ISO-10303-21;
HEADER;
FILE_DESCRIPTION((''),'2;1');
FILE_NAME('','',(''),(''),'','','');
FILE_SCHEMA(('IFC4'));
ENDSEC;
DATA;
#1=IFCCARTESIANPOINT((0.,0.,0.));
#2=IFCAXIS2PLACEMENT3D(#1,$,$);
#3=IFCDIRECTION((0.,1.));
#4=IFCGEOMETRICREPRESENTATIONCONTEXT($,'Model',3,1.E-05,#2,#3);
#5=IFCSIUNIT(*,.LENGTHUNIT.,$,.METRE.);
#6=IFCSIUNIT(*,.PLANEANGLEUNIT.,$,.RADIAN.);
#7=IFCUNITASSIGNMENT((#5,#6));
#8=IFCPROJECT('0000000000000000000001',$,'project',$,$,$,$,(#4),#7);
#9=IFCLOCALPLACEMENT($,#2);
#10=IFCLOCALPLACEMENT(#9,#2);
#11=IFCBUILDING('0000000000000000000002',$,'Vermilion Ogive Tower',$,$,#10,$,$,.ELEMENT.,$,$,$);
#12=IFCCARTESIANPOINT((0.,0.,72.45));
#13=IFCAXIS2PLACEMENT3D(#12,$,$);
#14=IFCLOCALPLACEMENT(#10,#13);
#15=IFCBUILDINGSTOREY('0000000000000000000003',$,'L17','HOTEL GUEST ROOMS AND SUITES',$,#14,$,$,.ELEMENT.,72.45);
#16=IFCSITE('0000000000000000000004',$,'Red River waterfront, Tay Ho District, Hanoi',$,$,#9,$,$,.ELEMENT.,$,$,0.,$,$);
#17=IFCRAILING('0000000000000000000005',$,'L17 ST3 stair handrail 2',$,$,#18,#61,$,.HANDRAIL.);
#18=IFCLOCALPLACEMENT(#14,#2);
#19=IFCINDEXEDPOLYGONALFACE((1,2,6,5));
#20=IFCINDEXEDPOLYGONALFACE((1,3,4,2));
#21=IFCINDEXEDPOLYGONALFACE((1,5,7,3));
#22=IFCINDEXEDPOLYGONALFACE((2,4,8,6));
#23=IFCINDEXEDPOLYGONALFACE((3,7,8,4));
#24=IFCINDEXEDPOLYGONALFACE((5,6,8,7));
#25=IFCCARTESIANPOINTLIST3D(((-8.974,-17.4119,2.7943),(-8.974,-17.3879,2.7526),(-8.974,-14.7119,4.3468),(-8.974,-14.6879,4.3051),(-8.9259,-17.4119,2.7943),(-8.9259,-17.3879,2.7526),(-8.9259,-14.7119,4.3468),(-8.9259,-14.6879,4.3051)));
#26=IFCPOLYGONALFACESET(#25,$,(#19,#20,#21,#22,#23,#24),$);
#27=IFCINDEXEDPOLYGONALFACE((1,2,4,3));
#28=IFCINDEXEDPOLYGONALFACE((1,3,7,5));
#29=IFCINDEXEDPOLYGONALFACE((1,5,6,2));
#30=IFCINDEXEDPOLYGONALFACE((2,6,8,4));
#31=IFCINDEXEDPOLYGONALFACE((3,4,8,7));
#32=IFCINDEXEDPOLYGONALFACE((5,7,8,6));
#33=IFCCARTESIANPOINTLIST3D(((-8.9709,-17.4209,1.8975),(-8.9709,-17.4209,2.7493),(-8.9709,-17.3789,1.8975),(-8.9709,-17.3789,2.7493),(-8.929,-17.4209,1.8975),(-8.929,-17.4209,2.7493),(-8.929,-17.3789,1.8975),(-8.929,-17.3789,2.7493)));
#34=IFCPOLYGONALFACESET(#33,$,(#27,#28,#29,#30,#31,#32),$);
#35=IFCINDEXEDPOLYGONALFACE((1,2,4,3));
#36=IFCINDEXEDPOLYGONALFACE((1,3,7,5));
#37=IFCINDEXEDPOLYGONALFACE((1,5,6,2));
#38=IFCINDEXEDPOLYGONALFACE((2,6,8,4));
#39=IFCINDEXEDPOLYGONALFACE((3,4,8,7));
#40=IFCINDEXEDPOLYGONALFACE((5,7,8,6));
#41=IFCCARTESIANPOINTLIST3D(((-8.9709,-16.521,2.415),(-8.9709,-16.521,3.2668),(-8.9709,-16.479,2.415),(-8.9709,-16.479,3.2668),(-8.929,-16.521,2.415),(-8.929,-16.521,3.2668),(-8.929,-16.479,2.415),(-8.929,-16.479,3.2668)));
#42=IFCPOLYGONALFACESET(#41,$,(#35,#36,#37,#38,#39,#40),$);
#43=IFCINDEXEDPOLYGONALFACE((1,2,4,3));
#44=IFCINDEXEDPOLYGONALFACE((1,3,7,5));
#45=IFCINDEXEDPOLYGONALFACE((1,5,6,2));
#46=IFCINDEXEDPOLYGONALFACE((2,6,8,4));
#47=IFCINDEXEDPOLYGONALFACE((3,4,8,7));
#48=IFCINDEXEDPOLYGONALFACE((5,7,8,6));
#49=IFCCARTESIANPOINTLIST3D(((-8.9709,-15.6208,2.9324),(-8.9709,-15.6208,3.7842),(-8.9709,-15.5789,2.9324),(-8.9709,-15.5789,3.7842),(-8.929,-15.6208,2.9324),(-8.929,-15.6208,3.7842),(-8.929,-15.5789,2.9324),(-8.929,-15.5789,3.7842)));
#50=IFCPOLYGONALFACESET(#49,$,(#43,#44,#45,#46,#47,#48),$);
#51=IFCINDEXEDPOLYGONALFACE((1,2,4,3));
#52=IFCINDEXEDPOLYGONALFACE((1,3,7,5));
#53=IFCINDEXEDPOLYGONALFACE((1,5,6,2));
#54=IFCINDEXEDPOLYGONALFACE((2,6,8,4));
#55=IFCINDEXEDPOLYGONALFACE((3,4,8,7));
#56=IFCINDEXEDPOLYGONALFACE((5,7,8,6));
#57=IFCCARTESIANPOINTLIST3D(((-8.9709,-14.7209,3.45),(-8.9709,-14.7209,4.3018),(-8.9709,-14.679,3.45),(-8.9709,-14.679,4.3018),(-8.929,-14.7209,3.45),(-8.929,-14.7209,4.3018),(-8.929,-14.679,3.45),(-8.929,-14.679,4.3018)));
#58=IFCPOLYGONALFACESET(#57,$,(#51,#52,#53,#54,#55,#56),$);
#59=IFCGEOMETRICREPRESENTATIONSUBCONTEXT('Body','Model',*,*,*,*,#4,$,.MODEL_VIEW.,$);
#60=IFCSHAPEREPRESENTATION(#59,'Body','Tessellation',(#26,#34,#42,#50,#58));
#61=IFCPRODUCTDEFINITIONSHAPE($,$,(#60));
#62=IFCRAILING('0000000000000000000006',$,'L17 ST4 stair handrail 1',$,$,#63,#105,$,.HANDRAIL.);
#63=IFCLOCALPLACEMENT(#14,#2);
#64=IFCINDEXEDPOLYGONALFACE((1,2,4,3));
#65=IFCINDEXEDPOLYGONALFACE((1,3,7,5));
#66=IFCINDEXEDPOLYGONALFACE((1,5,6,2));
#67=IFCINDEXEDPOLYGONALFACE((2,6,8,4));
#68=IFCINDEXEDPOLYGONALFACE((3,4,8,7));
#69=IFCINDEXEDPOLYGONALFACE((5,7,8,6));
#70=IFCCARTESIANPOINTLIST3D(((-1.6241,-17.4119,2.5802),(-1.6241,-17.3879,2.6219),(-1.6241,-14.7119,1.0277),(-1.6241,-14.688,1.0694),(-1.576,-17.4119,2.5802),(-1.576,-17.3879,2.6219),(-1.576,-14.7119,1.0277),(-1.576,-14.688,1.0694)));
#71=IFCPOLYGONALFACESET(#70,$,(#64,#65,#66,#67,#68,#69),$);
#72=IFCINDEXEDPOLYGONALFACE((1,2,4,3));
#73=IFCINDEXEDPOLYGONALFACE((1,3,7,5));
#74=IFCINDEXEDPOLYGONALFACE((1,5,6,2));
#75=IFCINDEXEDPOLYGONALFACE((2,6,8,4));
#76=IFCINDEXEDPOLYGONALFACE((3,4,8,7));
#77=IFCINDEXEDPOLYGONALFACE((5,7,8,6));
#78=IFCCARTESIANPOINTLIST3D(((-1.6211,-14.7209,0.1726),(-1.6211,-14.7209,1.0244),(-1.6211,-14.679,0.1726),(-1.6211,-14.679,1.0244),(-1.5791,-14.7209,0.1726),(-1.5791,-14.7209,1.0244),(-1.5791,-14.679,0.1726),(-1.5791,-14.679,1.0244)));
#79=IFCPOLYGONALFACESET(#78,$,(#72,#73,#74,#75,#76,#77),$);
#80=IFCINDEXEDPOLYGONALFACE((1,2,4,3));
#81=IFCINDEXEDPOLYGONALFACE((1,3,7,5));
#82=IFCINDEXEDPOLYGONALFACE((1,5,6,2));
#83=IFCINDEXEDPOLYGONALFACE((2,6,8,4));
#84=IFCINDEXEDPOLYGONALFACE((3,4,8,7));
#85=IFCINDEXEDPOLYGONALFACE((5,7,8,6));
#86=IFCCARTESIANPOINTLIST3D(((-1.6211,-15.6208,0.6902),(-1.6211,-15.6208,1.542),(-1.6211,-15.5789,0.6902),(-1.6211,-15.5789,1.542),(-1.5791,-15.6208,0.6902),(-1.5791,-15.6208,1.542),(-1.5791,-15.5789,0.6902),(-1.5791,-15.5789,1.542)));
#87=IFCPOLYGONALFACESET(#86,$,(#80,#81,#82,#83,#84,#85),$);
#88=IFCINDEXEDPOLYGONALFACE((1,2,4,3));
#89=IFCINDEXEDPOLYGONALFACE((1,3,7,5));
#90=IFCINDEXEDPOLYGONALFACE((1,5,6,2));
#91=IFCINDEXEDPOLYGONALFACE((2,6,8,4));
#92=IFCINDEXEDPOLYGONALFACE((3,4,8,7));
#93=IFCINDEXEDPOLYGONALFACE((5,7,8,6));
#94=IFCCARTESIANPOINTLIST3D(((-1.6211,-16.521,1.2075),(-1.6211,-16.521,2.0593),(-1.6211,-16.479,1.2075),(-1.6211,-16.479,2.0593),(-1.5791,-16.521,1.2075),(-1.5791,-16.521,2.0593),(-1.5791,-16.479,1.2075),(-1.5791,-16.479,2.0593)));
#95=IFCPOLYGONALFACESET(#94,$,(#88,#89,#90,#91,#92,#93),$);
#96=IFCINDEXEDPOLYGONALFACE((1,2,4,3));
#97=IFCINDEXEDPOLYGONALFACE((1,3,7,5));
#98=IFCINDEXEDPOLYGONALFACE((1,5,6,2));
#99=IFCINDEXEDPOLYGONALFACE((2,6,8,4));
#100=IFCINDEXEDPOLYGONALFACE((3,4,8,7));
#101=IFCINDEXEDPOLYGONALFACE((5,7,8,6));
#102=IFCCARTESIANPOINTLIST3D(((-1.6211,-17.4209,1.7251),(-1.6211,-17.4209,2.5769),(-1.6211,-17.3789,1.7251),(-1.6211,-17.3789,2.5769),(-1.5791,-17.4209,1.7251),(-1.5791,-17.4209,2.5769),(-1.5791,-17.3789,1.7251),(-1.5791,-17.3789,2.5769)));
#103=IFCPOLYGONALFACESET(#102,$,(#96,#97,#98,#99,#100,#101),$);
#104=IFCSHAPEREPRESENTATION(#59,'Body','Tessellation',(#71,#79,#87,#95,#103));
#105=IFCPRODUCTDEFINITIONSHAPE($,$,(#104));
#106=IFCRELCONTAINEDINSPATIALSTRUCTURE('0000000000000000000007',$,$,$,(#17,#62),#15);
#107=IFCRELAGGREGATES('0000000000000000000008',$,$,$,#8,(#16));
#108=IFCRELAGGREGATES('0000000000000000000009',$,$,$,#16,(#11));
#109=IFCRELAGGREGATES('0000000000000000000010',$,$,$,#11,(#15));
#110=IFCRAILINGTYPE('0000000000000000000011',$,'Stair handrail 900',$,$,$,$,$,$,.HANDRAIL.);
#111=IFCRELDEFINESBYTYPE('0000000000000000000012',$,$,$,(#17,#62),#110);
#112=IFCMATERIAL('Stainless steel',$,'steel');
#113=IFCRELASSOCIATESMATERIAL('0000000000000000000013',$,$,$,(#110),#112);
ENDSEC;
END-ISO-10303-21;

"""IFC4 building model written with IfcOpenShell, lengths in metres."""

from ifc_helpers import new_model, si_unit, direction, frame, origin, origin_2d, place, context, subcontext, project, spatial, rectangle, extrude, material, type_object, element, save


model = new_model("IFC4")

# Units and contexts
model_context = context("Model", 3, precision=1e-05, world=origin(), true_north=direction((0.0, 1.0)))
body_context = subcontext(model_context, "Body", "Model", "MODEL_VIEW")
ifc_project = project(units=[si_unit("LENGTHUNIT", "METRE"), si_unit("PLANEANGLEUNIT", "RADIAN")], contexts=[model_context])

# Site, building, storey
site_placement = place(None, origin())
site = spatial("IfcSite", under=ifc_project, at=site_placement, Name="Red River waterfront, Tay Ho District, Hanoi", CompositionType="ELEMENT", RefElevation=0.0)
building_placement = place(site_placement, origin())
building = spatial("IfcBuilding", under=site, at=building_placement, Name="Vermilion Ogive Tower", CompositionType="ELEMENT")
storey_placement = place(building_placement, frame((0.0, 0.0, 72.45)))
storey = spatial("IfcBuildingStorey", under=building, at=storey_placement, Name="L17", Description="HOTEL GUEST ROOMS AND SUITES", CompositionType="ELEMENT", Elevation=72.45)

# Railings
ifc_material_1 = material(Name="Stainless steel", Category="steel")
railing_type = type_object("IfcRailingType", Name="Stair handrail 900", PredefinedType="HANDRAIL", material=ifc_material_1)
railing_1_placement = place(storey_placement, frame((-8.95, -17.3999, 1.8975)))
element("IfcRailing", 1, at=railing_1_placement, inside=storey, type_object=railing_type, Name="L17 ST3 stair handrail 2", PredefinedType="HANDRAIL", context=body_context, shape_type="SweptSolid", body=[
    extrude(rectangle(XDim=0.0481, YDim=0.0481, at=origin_2d()), frame((0.0, 0.0, 0.876), z_axis=(0.0, 0.866904, 0.498476), x_axis=(-1.0, 0.0, 0.0)), (0.0, 0.0, 1.0), 3.1145),
    extrude(rectangle(XDim=0.042, YDim=0.042, at=origin_2d()), origin(), (0.0, 0.0, 1.0), 0.8518),
    extrude(rectangle(XDim=0.042, YDim=0.042, at=origin_2d()), frame((0.0, 0.8999, 0.5176)), (0.0, 0.0, 1.0), 0.8518),
    extrude(rectangle(XDim=0.042, YDim=0.042, at=origin_2d()), frame((0.0, 1.8, 1.0349)), (0.0, 0.0, 1.0), 0.8518),
    extrude(rectangle(XDim=0.042, YDim=0.042, at=origin_2d()), frame((0.0, 2.7, 1.5525)), (0.0, 0.0, 1.0), 0.8518),
])
railing_2_placement = place(storey_placement, frame((-1.6001, -14.7, 0.1726)))
element("IfcRailing", 2, at=railing_2_placement, inside=storey, type_object=railing_type, Name="L17 ST4 stair handrail 1", PredefinedType="HANDRAIL", context=body_context, shape_type="SweptSolid", body=[
    extrude(rectangle(XDim=0.0481, YDim=0.0481, at=origin_2d()), frame((0.0, 0.0, 0.876), z_axis=(0.0, -0.866904, 0.498476), x_axis=(1.0, 0.0, 0.0)), (0.0, 0.0, 1.0), 3.1145),
    extrude(rectangle(XDim=0.042, YDim=0.042, at=origin_2d()), origin(), (0.0, 0.0, 1.0), 0.8518),
    extrude(rectangle(XDim=0.042, YDim=0.042, at=origin_2d()), frame((0.0, -0.8999, 0.5176)), (0.0, 0.0, 1.0), 0.8518),
    extrude(rectangle(XDim=0.042, YDim=0.042, at=origin_2d()), frame((0.0, -1.8, 1.0349)), (0.0, 0.0, 1.0), 0.8518),
    extrude(rectangle(XDim=0.042, YDim=0.042, at=origin_2d()), frame((0.0, -2.7, 1.5525)), (0.0, 0.0, 1.0), 0.8518),
])

save(model, "model.ifc")
